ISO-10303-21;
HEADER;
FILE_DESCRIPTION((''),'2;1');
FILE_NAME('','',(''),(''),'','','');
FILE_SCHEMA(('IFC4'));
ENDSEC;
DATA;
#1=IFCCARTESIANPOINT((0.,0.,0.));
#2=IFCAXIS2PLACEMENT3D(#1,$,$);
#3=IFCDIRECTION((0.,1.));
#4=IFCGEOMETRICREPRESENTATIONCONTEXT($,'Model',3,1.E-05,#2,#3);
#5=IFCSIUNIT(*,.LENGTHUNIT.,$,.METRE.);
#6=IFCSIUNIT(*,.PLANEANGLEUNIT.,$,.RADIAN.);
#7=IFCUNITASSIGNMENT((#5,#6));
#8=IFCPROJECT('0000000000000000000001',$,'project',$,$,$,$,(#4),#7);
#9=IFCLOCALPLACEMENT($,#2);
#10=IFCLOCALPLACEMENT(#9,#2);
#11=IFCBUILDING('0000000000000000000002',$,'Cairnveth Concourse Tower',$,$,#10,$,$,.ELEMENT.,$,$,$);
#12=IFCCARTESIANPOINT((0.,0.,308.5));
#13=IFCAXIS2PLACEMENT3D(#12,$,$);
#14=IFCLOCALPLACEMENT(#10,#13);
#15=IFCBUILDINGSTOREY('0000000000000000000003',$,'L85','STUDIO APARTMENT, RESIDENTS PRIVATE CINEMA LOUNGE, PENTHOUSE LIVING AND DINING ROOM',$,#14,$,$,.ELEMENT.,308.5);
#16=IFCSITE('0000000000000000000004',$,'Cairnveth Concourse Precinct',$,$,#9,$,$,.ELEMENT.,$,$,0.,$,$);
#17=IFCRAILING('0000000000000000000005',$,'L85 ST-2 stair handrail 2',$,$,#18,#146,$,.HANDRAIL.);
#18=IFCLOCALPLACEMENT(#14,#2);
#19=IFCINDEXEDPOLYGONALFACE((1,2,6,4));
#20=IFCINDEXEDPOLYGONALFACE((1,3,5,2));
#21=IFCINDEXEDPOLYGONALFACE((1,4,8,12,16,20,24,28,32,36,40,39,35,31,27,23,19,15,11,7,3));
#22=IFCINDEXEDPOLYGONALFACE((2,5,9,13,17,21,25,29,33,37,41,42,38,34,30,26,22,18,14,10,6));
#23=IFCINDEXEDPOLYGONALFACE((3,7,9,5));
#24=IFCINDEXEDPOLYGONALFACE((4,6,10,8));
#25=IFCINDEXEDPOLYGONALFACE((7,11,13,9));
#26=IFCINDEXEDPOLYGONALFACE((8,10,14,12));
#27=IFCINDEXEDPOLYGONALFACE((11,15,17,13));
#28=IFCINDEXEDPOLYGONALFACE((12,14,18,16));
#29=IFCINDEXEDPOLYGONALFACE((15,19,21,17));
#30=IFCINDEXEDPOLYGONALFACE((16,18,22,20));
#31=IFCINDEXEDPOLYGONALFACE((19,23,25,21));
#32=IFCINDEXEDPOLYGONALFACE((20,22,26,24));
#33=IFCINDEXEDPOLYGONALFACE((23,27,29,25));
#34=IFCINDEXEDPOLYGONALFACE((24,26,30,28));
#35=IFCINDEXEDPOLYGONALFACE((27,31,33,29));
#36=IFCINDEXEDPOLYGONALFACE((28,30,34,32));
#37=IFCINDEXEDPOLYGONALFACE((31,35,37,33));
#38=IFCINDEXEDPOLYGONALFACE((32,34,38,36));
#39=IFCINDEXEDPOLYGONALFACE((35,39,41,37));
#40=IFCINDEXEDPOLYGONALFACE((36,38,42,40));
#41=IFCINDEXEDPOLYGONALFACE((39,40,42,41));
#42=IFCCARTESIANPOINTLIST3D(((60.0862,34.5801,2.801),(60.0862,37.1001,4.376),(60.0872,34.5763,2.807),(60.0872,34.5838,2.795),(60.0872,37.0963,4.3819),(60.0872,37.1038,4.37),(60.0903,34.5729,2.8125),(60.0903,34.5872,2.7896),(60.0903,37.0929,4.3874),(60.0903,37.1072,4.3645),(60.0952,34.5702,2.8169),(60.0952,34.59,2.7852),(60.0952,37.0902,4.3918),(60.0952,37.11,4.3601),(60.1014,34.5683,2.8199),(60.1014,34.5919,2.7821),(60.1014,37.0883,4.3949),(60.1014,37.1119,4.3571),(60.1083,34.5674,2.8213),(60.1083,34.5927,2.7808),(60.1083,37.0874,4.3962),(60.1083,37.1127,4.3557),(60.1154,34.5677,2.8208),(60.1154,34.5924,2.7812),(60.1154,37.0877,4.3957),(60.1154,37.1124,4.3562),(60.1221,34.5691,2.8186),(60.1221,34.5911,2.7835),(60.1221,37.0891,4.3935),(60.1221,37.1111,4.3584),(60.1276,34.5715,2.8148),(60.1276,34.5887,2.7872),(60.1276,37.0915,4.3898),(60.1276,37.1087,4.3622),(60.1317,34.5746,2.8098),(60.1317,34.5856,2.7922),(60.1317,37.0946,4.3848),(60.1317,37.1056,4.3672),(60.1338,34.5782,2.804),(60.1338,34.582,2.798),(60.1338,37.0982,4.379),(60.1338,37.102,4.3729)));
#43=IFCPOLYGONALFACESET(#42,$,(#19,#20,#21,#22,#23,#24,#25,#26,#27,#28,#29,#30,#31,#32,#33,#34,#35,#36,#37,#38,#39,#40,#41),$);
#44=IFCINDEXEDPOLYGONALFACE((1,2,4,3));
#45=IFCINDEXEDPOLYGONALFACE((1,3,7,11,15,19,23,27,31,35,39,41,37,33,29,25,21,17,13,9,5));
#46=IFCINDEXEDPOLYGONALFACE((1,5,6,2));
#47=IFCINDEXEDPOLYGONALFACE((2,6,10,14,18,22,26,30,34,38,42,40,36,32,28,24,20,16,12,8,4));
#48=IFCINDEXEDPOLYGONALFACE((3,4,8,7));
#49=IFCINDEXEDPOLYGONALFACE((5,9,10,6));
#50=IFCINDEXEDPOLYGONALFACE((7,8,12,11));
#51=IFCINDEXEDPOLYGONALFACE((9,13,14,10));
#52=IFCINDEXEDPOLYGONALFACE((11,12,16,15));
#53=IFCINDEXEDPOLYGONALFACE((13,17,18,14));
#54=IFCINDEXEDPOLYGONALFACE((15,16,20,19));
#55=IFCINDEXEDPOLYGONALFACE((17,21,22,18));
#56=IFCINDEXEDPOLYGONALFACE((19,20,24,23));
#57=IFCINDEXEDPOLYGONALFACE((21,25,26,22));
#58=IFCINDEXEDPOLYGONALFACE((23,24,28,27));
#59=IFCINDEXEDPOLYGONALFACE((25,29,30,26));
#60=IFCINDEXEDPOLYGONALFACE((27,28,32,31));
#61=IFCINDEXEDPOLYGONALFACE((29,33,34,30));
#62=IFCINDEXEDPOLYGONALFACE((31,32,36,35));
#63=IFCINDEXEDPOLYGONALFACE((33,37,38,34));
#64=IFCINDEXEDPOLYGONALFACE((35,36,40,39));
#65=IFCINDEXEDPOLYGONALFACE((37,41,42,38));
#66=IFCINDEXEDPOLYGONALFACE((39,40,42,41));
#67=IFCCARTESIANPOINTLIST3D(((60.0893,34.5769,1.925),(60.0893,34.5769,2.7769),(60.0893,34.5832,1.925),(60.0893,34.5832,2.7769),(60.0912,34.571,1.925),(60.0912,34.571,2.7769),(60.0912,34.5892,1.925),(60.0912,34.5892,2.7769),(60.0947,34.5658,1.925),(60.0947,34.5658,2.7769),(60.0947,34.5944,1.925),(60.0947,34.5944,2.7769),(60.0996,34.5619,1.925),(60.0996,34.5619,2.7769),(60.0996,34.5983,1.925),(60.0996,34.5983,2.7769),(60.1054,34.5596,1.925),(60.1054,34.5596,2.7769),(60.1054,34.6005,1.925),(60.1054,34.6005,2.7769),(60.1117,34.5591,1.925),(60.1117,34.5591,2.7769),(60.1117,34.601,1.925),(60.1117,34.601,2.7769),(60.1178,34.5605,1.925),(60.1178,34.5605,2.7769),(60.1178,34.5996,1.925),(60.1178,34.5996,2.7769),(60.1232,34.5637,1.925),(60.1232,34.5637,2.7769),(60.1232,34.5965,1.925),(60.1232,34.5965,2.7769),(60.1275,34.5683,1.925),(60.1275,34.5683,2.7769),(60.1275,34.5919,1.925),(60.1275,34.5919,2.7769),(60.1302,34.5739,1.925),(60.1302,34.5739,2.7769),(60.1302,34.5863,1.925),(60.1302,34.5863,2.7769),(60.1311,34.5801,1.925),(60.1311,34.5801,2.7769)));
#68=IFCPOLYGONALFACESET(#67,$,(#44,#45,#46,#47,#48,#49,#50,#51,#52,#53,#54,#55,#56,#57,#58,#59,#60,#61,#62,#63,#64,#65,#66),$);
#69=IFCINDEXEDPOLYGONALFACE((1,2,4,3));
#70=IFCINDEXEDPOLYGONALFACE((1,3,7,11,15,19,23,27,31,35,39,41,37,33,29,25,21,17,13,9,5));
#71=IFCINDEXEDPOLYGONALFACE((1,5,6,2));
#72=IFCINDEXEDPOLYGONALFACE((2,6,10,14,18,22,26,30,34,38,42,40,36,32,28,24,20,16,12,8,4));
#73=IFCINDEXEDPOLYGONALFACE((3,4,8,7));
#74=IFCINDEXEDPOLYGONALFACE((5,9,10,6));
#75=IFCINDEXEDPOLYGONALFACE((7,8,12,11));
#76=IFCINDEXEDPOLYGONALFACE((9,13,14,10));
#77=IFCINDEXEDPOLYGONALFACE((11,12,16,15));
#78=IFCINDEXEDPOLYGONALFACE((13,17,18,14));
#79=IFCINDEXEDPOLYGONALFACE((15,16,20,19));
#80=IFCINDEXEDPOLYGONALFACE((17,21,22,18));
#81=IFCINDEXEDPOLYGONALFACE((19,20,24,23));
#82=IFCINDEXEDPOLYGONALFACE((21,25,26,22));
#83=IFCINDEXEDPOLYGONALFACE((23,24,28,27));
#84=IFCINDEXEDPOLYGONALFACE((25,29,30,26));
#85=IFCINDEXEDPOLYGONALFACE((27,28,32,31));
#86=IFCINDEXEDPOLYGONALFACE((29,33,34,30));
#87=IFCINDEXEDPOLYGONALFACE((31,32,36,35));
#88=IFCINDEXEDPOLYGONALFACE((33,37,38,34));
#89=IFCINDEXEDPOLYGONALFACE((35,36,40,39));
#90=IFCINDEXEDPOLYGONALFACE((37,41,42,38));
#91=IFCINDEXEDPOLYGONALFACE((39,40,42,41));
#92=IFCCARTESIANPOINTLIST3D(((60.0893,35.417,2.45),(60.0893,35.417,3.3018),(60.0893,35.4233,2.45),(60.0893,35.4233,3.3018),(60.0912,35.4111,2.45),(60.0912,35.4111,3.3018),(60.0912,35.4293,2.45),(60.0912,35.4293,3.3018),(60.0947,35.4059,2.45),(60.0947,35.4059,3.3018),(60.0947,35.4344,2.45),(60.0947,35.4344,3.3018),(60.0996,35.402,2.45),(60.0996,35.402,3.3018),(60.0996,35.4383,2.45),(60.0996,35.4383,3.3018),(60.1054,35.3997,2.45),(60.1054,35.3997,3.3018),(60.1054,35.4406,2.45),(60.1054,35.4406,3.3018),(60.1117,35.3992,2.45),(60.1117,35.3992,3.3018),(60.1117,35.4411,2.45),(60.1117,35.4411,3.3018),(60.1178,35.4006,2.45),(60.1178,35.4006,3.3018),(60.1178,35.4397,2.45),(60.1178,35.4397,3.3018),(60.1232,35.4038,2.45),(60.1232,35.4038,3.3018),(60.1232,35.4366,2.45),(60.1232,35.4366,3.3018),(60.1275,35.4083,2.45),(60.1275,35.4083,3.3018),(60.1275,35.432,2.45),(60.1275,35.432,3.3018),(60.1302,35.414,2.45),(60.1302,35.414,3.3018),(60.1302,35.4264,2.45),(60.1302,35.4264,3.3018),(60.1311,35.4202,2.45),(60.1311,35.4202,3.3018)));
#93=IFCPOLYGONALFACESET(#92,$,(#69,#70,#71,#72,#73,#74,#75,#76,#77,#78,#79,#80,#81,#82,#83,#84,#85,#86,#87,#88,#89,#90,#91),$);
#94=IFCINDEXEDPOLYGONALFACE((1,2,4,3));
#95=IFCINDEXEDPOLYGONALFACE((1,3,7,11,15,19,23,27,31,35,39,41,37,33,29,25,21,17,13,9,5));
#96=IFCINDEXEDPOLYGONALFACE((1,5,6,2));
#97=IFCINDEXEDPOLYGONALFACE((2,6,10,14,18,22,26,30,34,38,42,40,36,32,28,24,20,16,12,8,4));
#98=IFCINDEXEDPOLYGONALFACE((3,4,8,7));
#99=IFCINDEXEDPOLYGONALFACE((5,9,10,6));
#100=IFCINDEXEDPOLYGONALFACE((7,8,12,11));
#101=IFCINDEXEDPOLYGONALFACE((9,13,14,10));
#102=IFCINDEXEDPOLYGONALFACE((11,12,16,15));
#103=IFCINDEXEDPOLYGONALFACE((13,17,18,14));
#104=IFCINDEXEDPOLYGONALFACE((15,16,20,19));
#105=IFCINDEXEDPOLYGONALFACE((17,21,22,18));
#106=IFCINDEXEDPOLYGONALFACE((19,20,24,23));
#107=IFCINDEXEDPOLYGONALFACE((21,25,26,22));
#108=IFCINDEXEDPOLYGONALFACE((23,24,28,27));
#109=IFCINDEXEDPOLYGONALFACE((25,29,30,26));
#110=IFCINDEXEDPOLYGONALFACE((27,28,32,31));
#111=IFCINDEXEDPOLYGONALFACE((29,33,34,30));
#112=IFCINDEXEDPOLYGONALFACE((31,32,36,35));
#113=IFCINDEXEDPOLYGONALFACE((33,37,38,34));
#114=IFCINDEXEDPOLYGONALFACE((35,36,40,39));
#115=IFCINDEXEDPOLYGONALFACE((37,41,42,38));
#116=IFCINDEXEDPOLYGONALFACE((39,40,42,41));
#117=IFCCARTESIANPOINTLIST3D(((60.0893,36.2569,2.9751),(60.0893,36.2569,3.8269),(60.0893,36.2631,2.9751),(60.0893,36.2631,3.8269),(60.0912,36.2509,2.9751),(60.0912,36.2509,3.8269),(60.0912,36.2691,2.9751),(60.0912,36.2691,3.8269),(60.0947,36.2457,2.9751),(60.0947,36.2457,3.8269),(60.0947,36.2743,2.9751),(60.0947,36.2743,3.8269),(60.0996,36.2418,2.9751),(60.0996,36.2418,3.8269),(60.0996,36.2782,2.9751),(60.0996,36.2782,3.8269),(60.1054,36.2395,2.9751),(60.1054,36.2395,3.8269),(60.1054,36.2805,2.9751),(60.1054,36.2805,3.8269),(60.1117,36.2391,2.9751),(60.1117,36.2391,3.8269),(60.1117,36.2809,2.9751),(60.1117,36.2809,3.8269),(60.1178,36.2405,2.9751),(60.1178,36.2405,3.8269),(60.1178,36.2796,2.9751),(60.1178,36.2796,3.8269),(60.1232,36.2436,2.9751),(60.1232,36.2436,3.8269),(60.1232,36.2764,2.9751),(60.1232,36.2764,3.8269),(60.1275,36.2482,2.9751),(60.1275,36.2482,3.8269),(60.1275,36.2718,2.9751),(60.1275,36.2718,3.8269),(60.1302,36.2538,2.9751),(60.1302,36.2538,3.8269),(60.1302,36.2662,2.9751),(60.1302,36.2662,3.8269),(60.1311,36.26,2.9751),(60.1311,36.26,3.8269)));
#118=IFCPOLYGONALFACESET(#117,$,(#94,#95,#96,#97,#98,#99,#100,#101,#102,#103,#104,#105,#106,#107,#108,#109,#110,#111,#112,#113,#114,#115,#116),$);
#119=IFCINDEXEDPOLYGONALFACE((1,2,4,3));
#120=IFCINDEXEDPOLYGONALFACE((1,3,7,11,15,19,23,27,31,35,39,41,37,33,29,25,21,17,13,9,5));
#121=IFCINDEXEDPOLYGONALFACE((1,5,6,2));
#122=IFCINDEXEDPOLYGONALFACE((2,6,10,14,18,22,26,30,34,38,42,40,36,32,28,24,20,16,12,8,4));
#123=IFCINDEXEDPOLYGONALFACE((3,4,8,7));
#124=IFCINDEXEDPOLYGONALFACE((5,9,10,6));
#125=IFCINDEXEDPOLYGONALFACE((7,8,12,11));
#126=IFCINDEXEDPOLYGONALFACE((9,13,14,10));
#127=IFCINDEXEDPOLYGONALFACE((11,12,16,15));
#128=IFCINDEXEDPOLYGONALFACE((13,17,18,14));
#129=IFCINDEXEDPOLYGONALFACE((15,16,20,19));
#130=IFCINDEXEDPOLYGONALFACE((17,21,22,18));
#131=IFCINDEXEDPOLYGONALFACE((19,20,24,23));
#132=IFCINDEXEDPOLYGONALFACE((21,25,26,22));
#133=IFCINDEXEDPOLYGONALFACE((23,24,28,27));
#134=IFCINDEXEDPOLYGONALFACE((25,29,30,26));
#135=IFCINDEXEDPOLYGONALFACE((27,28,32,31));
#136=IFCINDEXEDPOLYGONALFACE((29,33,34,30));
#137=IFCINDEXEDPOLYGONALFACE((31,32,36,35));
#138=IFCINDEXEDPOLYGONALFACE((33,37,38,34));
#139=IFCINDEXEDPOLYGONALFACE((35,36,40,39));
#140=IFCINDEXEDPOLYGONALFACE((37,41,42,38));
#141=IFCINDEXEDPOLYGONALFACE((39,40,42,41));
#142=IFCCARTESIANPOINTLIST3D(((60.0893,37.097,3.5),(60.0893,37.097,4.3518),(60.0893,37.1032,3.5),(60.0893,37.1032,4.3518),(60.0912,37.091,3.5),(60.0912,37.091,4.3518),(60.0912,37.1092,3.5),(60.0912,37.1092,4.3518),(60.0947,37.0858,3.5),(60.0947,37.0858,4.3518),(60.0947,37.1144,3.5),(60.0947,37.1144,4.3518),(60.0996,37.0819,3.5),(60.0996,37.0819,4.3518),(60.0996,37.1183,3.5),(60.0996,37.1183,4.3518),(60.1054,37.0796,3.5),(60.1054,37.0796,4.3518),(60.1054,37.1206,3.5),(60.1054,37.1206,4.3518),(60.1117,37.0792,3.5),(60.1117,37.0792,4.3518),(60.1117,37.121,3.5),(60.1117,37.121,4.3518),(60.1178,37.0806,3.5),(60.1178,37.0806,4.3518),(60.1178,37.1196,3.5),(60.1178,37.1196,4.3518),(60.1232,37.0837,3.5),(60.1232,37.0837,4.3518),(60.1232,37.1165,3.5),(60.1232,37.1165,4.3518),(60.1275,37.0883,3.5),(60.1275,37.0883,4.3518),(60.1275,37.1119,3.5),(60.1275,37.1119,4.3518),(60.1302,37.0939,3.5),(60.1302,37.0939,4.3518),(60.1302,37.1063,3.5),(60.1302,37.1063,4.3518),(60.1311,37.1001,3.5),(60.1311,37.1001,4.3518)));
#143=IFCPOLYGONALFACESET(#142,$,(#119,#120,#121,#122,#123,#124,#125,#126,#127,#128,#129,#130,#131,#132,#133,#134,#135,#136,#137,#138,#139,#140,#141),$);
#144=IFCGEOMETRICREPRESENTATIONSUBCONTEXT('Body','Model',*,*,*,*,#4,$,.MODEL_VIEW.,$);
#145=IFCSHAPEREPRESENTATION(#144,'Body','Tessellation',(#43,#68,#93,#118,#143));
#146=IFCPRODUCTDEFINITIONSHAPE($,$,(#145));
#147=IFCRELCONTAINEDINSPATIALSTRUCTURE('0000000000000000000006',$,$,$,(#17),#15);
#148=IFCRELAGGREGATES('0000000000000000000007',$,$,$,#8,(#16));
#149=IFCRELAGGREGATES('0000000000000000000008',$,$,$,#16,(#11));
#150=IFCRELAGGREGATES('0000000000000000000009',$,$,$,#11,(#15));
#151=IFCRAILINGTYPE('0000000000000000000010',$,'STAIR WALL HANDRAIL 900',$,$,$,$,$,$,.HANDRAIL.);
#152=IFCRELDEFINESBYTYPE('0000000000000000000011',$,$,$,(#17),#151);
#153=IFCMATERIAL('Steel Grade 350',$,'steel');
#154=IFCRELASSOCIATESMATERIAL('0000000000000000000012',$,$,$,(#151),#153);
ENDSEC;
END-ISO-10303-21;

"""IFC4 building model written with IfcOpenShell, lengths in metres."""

from ifc_helpers import new_model, si_unit, direction, frame, origin, origin_2d, place, context, subcontext, project, spatial, circle, extrude, material, type_object, element, save


model = new_model("IFC4")

# Units and contexts
model_context = context("Model", 3, precision=1e-05, world=origin(), true_north=direction((0.0, 1.0)))
body_context = subcontext(model_context, "Body", "Model", "MODEL_VIEW")
ifc_project = project(units=[si_unit("LENGTHUNIT", "METRE"), si_unit("PLANEANGLEUNIT", "RADIAN")], contexts=[model_context])

# Site, building, storey
site_placement = place(None, origin())
site = spatial("IfcSite", under=ifc_project, at=site_placement, Name="Cairnveth Concourse Precinct", CompositionType="ELEMENT", RefElevation=0.0)
building_placement = place(site_placement, origin())
building = spatial("IfcBuilding", under=site, at=building_placement, Name="Cairnveth Concourse Tower", CompositionType="ELEMENT")
storey_placement = place(building_placement, frame((0.0, 0.0, 308.5)))
storey = spatial("IfcBuildingStorey", under=building, at=storey_placement, Name="L85", Description="STUDIO APARTMENT, RESIDENTS PRIVATE CINEMA LOUNGE, PENTHOUSE LIVING AND DINING ROOM", CompositionType="ELEMENT", Elevation=308.5)

# Shared definitions
ifc_material_1 = material(Name="Steel Grade 350", Category="steel")

# Railing
railing_type_1 = type_object("IfcRailingType", Name="STAIR WALL HANDRAIL 900", PredefinedType="HANDRAIL", material=ifc_material_1)
railing_1_placement = place(storey_placement, frame((60.1101, 34.5801, 1.925)))
element("IfcRailing", 1, at=railing_1_placement, inside=storey, type_object=railing_type_1, Name="L85 ST-2 stair handrail 2", PredefinedType="HANDRAIL", context=body_context, shape_type="SweptSolid", body=[
    extrude(circle(Radius=0.0239, at=origin_2d()), frame((0.0, 0.0, 0.876), z_axis=(0.0, 0.848008, 0.529984), x_axis=(-1.0, 0.0, 0.0)), (0.0, 0.0, 1.0), 2.9717),
    extrude(circle(Radius=0.021, at=origin_2d()), origin(), (0.0, 0.0, 1.0), 0.8518),
    extrude(circle(Radius=0.021, at=origin_2d()), frame((0.0, 0.8401, 0.5249)), (0.0, 0.0, 1.0), 0.8518),
    extrude(circle(Radius=0.021, at=origin_2d()), frame((0.0, 1.6799, 1.05)), (0.0, 0.0, 1.0), 0.8518),
    extrude(circle(Radius=0.021, at=origin_2d()), frame((0.0, 2.52, 1.575)), (0.0, 0.0, 1.0), 0.8518),
])

save(model, "model.ifc")
